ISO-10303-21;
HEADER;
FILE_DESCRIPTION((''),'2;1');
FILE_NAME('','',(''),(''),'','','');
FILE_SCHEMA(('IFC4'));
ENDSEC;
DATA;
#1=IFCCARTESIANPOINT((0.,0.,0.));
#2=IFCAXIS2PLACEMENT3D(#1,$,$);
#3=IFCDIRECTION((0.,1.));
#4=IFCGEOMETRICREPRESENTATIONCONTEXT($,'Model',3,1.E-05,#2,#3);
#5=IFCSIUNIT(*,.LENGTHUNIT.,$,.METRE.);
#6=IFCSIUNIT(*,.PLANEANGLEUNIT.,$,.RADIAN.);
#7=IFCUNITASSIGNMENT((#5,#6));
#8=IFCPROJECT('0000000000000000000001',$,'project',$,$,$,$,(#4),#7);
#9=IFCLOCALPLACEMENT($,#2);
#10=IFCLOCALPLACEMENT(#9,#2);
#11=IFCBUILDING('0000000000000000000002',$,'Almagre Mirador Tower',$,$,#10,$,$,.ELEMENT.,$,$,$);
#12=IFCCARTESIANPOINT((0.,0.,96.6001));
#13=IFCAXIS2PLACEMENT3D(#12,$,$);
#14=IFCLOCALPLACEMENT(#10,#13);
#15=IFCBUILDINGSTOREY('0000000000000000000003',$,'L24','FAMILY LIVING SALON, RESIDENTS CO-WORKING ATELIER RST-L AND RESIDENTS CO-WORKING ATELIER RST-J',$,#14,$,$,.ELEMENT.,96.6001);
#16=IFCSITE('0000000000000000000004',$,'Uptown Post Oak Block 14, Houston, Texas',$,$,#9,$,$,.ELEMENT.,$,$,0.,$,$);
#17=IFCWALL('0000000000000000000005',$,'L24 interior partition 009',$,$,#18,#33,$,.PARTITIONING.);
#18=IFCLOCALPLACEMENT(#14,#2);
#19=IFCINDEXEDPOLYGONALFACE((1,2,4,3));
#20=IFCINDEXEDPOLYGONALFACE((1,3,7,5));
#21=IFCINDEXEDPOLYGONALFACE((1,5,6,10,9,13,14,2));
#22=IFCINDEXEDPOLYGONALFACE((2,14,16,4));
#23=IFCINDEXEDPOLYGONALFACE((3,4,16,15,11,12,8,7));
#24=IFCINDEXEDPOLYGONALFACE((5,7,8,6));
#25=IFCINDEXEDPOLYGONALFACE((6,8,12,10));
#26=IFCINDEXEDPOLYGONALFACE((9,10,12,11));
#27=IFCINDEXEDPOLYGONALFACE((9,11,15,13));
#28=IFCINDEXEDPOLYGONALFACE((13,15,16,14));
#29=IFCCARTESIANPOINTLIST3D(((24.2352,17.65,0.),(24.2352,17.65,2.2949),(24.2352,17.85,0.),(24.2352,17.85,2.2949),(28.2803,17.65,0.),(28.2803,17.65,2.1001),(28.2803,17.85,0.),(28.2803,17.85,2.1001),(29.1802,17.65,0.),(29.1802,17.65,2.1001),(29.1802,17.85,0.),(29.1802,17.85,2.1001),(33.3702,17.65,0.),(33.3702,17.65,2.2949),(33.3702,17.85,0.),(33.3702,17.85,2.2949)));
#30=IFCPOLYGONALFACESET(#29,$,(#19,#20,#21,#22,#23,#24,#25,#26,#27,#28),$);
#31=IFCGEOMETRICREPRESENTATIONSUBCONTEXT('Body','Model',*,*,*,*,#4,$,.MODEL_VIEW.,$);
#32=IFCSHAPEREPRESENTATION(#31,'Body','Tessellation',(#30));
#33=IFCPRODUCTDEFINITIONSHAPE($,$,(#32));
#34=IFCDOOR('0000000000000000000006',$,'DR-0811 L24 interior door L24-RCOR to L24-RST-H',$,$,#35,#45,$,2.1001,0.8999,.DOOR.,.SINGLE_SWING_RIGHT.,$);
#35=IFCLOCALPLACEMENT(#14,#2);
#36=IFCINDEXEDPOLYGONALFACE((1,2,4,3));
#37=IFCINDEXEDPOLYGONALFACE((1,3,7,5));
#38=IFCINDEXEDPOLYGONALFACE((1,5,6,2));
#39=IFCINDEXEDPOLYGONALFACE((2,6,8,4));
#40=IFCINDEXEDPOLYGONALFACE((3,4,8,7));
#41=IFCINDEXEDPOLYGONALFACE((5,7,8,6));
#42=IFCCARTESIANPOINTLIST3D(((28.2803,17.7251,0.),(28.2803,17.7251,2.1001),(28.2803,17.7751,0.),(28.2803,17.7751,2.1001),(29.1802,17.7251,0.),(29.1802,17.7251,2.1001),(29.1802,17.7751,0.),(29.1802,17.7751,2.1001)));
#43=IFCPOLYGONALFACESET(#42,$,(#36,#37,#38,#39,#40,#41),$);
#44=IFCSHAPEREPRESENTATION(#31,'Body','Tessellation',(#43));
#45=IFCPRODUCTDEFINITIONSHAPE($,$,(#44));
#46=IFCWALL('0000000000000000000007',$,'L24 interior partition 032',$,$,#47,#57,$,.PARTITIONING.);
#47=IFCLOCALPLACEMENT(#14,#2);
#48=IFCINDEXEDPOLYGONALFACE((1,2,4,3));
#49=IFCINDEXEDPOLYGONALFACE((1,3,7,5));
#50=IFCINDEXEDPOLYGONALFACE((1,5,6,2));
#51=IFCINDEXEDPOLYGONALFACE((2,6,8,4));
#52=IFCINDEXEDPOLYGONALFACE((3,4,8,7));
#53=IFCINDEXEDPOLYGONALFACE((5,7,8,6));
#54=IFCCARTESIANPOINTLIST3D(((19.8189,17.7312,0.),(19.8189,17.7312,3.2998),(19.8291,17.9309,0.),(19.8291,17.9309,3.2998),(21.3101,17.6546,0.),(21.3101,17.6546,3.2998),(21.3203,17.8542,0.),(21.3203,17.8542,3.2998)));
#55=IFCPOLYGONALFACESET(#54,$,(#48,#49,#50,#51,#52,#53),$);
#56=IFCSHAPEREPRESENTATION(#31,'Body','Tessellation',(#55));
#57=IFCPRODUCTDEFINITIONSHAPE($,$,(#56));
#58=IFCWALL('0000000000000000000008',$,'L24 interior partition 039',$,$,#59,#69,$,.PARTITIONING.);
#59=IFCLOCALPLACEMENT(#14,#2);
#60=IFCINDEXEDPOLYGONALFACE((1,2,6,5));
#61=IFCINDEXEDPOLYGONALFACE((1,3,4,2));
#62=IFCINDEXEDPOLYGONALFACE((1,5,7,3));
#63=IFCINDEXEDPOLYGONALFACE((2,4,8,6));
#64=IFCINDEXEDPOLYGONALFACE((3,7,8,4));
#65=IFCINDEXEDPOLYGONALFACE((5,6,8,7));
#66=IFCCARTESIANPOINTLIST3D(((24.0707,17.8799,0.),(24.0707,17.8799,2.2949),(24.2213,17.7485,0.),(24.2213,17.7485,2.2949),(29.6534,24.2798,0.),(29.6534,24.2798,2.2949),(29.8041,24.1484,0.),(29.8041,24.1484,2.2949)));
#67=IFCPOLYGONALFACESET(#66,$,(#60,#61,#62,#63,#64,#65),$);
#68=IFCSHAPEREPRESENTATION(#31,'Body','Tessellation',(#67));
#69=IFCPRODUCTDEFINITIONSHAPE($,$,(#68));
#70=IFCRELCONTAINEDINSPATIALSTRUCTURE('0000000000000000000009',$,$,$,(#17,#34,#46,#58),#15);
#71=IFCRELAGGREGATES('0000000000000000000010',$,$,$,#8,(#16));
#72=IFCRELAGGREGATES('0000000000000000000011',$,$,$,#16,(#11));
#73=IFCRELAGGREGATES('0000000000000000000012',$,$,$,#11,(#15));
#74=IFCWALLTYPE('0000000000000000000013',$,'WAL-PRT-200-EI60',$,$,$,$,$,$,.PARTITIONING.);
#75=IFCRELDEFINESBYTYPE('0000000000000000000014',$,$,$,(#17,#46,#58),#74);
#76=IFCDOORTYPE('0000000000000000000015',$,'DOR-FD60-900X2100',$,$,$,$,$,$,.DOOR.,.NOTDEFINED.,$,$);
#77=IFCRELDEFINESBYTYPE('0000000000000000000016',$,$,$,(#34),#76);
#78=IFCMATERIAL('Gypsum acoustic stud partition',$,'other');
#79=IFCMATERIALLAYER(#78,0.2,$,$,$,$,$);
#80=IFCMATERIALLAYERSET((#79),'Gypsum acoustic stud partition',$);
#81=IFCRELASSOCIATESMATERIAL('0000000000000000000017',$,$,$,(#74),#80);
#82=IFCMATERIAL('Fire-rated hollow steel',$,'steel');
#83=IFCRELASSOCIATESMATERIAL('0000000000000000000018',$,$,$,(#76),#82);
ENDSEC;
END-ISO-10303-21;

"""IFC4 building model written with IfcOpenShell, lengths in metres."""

from ifc_helpers import new_model, si_unit, direction, frame, frame_2d, origin, place, context, subcontext, project, spatial, rectangle, extrude, material, layer, layer_set, type_object, element, fill, save


model = new_model("IFC4")

# Units and contexts
model_context = context("Model", 3, precision=1e-05, world=origin(), true_north=direction((0.0, 1.0)))
body_context = subcontext(model_context, "Body", "Model", "MODEL_VIEW")
ifc_project = project(units=[si_unit("LENGTHUNIT", "METRE"), si_unit("PLANEANGLEUNIT", "RADIAN")], contexts=[model_context])

# Site, building, storey
site_placement = place(None, origin())
site = spatial("IfcSite", under=ifc_project, at=site_placement, Name="Uptown Post Oak Block 14, Houston, Texas", CompositionType="ELEMENT", RefElevation=0.0)
building_placement = place(site_placement, origin())
building = spatial("IfcBuilding", under=site, at=building_placement, Name="Almagre Mirador Tower", CompositionType="ELEMENT")
storey_placement = place(building_placement, frame((0.0, 0.0, 96.6001)))
storey = spatial("IfcBuildingStorey", under=building, at=storey_placement, Name="L24", Description="FAMILY LIVING SALON, RESIDENTS CO-WORKING ATELIER RST-L AND RESIDENTS CO-WORKING ATELIER RST-J", CompositionType="ELEMENT", Elevation=96.6001)

# Wall, opening, door
ifc_material_1 = material(Name="Gypsum acoustic stud partition", Category="other")
ifc_layer_1 = layer(ifc_material_1, 0.2)
ifc_layer_set_1 = layer_set([ifc_layer_1], Name="Gypsum acoustic stud partition")
wall_type_1 = type_object("IfcWallType", Name="WAL-PRT-200-EI60", PredefinedType="PARTITIONING", material=ifc_layer_set_1)
wall_1_placement = place(storey_placement, frame((33.3701, 17.75, 0.0), z_axis=(0.0, 0.0, 1.0), x_axis=(-1.0, 0.0, 0.0)))
wall_1 = element("IfcWall", 1, at=wall_1_placement, inside=storey, type_object=wall_type_1, Name="L24 interior partition 009", PredefinedType="PARTITIONING", context=body_context, shape_type="SweptSolid", body=[
    extrude(rectangle(XDim=9.135, YDim=0.2, at=frame_2d((4.5674, 0.0))), origin(), (0.0, 0.0, 1.0), 2.2949),
])
opening_1_placement = place(wall_1_placement, frame((4.1899, 0.0, 0.0)))
opening_1 = element("IfcOpeningElement", 2, at=opening_1_placement, cuts=wall_1, PredefinedType="OPENING", context=body_context, shape_type="SweptSolid", body=[
    extrude(rectangle(XDim=0.8999, YDim=2.1001, at=frame_2d((0.45, 1.05))), frame((0.0, 0.1101, 0.0), z_axis=(0.0, -1.0, 0.0), x_axis=(1.0, 0.0, 0.0)), (0.0, 0.0, 1.0), 0.22),
])
ifc_material_2 = material(Name="Fire-rated hollow steel", Category="steel")
door_type_1 = type_object("IfcDoorType", Name="DOR-FD60-900X2100", OperationType="NOTDEFINED", PredefinedType="DOOR", material=ifc_material_2)
door_1_placement = place(opening_1_placement, origin())
door_1 = element("IfcDoor", 3, at=door_1_placement, inside=storey, type_object=door_type_1, Name="DR-0811 L24 interior door L24-RCOR to L24-RST-H", OperationType="SINGLE_SWING_RIGHT", OverallHeight=2.1001, OverallWidth=0.8999, PredefinedType="DOOR", context=body_context, shape_type="SweptSolid", body=[
    extrude(rectangle(XDim=0.8999, YDim=2.1001, at=frame_2d((0.45, 1.05))), frame((0.0, 0.0249, 0.0), z_axis=(0.0, -1.0, 0.0), x_axis=(1.0, 0.0, 0.0)), (0.0, 0.0, 1.0), 0.05),
])
fill(opening_1, door_1)

# Walls
wall_2_placement = place(storey_placement, frame((21.3152, 17.7544, 0.0), z_axis=(0.0, 0.0, 1.0), x_axis=(-0.998681, 0.05134, 0.0)))
element("IfcWall", 4, at=wall_2_placement, inside=storey, type_object=wall_type_1, Name="L24 interior partition 032", PredefinedType="PARTITIONING", context=body_context, shape_type="SweptSolid", body=[
    extrude(rectangle(XDim=1.4932, YDim=0.2, at=frame_2d((0.7466, 0.0))), origin(), (0.0, 0.0, 1.0), 3.2998),
])
wall_3_placement = place(storey_placement, frame((24.146, 17.8142, 0.0), z_axis=(0.0, 0.0, 1.0), x_axis=(0.65736, 0.753577, 0.0)))
element("IfcWall", 5, at=wall_3_placement, inside=storey, type_object=wall_type_1, Name="L24 interior partition 039", PredefinedType="PARTITIONING", context=body_context, shape_type="SweptSolid", body=[
    extrude(rectangle(XDim=8.4927, YDim=0.2, at=frame_2d((4.2463, 0.0))), origin(), (0.0, 0.0, 1.0), 2.2949),
])

save(model, "model.ifc")
